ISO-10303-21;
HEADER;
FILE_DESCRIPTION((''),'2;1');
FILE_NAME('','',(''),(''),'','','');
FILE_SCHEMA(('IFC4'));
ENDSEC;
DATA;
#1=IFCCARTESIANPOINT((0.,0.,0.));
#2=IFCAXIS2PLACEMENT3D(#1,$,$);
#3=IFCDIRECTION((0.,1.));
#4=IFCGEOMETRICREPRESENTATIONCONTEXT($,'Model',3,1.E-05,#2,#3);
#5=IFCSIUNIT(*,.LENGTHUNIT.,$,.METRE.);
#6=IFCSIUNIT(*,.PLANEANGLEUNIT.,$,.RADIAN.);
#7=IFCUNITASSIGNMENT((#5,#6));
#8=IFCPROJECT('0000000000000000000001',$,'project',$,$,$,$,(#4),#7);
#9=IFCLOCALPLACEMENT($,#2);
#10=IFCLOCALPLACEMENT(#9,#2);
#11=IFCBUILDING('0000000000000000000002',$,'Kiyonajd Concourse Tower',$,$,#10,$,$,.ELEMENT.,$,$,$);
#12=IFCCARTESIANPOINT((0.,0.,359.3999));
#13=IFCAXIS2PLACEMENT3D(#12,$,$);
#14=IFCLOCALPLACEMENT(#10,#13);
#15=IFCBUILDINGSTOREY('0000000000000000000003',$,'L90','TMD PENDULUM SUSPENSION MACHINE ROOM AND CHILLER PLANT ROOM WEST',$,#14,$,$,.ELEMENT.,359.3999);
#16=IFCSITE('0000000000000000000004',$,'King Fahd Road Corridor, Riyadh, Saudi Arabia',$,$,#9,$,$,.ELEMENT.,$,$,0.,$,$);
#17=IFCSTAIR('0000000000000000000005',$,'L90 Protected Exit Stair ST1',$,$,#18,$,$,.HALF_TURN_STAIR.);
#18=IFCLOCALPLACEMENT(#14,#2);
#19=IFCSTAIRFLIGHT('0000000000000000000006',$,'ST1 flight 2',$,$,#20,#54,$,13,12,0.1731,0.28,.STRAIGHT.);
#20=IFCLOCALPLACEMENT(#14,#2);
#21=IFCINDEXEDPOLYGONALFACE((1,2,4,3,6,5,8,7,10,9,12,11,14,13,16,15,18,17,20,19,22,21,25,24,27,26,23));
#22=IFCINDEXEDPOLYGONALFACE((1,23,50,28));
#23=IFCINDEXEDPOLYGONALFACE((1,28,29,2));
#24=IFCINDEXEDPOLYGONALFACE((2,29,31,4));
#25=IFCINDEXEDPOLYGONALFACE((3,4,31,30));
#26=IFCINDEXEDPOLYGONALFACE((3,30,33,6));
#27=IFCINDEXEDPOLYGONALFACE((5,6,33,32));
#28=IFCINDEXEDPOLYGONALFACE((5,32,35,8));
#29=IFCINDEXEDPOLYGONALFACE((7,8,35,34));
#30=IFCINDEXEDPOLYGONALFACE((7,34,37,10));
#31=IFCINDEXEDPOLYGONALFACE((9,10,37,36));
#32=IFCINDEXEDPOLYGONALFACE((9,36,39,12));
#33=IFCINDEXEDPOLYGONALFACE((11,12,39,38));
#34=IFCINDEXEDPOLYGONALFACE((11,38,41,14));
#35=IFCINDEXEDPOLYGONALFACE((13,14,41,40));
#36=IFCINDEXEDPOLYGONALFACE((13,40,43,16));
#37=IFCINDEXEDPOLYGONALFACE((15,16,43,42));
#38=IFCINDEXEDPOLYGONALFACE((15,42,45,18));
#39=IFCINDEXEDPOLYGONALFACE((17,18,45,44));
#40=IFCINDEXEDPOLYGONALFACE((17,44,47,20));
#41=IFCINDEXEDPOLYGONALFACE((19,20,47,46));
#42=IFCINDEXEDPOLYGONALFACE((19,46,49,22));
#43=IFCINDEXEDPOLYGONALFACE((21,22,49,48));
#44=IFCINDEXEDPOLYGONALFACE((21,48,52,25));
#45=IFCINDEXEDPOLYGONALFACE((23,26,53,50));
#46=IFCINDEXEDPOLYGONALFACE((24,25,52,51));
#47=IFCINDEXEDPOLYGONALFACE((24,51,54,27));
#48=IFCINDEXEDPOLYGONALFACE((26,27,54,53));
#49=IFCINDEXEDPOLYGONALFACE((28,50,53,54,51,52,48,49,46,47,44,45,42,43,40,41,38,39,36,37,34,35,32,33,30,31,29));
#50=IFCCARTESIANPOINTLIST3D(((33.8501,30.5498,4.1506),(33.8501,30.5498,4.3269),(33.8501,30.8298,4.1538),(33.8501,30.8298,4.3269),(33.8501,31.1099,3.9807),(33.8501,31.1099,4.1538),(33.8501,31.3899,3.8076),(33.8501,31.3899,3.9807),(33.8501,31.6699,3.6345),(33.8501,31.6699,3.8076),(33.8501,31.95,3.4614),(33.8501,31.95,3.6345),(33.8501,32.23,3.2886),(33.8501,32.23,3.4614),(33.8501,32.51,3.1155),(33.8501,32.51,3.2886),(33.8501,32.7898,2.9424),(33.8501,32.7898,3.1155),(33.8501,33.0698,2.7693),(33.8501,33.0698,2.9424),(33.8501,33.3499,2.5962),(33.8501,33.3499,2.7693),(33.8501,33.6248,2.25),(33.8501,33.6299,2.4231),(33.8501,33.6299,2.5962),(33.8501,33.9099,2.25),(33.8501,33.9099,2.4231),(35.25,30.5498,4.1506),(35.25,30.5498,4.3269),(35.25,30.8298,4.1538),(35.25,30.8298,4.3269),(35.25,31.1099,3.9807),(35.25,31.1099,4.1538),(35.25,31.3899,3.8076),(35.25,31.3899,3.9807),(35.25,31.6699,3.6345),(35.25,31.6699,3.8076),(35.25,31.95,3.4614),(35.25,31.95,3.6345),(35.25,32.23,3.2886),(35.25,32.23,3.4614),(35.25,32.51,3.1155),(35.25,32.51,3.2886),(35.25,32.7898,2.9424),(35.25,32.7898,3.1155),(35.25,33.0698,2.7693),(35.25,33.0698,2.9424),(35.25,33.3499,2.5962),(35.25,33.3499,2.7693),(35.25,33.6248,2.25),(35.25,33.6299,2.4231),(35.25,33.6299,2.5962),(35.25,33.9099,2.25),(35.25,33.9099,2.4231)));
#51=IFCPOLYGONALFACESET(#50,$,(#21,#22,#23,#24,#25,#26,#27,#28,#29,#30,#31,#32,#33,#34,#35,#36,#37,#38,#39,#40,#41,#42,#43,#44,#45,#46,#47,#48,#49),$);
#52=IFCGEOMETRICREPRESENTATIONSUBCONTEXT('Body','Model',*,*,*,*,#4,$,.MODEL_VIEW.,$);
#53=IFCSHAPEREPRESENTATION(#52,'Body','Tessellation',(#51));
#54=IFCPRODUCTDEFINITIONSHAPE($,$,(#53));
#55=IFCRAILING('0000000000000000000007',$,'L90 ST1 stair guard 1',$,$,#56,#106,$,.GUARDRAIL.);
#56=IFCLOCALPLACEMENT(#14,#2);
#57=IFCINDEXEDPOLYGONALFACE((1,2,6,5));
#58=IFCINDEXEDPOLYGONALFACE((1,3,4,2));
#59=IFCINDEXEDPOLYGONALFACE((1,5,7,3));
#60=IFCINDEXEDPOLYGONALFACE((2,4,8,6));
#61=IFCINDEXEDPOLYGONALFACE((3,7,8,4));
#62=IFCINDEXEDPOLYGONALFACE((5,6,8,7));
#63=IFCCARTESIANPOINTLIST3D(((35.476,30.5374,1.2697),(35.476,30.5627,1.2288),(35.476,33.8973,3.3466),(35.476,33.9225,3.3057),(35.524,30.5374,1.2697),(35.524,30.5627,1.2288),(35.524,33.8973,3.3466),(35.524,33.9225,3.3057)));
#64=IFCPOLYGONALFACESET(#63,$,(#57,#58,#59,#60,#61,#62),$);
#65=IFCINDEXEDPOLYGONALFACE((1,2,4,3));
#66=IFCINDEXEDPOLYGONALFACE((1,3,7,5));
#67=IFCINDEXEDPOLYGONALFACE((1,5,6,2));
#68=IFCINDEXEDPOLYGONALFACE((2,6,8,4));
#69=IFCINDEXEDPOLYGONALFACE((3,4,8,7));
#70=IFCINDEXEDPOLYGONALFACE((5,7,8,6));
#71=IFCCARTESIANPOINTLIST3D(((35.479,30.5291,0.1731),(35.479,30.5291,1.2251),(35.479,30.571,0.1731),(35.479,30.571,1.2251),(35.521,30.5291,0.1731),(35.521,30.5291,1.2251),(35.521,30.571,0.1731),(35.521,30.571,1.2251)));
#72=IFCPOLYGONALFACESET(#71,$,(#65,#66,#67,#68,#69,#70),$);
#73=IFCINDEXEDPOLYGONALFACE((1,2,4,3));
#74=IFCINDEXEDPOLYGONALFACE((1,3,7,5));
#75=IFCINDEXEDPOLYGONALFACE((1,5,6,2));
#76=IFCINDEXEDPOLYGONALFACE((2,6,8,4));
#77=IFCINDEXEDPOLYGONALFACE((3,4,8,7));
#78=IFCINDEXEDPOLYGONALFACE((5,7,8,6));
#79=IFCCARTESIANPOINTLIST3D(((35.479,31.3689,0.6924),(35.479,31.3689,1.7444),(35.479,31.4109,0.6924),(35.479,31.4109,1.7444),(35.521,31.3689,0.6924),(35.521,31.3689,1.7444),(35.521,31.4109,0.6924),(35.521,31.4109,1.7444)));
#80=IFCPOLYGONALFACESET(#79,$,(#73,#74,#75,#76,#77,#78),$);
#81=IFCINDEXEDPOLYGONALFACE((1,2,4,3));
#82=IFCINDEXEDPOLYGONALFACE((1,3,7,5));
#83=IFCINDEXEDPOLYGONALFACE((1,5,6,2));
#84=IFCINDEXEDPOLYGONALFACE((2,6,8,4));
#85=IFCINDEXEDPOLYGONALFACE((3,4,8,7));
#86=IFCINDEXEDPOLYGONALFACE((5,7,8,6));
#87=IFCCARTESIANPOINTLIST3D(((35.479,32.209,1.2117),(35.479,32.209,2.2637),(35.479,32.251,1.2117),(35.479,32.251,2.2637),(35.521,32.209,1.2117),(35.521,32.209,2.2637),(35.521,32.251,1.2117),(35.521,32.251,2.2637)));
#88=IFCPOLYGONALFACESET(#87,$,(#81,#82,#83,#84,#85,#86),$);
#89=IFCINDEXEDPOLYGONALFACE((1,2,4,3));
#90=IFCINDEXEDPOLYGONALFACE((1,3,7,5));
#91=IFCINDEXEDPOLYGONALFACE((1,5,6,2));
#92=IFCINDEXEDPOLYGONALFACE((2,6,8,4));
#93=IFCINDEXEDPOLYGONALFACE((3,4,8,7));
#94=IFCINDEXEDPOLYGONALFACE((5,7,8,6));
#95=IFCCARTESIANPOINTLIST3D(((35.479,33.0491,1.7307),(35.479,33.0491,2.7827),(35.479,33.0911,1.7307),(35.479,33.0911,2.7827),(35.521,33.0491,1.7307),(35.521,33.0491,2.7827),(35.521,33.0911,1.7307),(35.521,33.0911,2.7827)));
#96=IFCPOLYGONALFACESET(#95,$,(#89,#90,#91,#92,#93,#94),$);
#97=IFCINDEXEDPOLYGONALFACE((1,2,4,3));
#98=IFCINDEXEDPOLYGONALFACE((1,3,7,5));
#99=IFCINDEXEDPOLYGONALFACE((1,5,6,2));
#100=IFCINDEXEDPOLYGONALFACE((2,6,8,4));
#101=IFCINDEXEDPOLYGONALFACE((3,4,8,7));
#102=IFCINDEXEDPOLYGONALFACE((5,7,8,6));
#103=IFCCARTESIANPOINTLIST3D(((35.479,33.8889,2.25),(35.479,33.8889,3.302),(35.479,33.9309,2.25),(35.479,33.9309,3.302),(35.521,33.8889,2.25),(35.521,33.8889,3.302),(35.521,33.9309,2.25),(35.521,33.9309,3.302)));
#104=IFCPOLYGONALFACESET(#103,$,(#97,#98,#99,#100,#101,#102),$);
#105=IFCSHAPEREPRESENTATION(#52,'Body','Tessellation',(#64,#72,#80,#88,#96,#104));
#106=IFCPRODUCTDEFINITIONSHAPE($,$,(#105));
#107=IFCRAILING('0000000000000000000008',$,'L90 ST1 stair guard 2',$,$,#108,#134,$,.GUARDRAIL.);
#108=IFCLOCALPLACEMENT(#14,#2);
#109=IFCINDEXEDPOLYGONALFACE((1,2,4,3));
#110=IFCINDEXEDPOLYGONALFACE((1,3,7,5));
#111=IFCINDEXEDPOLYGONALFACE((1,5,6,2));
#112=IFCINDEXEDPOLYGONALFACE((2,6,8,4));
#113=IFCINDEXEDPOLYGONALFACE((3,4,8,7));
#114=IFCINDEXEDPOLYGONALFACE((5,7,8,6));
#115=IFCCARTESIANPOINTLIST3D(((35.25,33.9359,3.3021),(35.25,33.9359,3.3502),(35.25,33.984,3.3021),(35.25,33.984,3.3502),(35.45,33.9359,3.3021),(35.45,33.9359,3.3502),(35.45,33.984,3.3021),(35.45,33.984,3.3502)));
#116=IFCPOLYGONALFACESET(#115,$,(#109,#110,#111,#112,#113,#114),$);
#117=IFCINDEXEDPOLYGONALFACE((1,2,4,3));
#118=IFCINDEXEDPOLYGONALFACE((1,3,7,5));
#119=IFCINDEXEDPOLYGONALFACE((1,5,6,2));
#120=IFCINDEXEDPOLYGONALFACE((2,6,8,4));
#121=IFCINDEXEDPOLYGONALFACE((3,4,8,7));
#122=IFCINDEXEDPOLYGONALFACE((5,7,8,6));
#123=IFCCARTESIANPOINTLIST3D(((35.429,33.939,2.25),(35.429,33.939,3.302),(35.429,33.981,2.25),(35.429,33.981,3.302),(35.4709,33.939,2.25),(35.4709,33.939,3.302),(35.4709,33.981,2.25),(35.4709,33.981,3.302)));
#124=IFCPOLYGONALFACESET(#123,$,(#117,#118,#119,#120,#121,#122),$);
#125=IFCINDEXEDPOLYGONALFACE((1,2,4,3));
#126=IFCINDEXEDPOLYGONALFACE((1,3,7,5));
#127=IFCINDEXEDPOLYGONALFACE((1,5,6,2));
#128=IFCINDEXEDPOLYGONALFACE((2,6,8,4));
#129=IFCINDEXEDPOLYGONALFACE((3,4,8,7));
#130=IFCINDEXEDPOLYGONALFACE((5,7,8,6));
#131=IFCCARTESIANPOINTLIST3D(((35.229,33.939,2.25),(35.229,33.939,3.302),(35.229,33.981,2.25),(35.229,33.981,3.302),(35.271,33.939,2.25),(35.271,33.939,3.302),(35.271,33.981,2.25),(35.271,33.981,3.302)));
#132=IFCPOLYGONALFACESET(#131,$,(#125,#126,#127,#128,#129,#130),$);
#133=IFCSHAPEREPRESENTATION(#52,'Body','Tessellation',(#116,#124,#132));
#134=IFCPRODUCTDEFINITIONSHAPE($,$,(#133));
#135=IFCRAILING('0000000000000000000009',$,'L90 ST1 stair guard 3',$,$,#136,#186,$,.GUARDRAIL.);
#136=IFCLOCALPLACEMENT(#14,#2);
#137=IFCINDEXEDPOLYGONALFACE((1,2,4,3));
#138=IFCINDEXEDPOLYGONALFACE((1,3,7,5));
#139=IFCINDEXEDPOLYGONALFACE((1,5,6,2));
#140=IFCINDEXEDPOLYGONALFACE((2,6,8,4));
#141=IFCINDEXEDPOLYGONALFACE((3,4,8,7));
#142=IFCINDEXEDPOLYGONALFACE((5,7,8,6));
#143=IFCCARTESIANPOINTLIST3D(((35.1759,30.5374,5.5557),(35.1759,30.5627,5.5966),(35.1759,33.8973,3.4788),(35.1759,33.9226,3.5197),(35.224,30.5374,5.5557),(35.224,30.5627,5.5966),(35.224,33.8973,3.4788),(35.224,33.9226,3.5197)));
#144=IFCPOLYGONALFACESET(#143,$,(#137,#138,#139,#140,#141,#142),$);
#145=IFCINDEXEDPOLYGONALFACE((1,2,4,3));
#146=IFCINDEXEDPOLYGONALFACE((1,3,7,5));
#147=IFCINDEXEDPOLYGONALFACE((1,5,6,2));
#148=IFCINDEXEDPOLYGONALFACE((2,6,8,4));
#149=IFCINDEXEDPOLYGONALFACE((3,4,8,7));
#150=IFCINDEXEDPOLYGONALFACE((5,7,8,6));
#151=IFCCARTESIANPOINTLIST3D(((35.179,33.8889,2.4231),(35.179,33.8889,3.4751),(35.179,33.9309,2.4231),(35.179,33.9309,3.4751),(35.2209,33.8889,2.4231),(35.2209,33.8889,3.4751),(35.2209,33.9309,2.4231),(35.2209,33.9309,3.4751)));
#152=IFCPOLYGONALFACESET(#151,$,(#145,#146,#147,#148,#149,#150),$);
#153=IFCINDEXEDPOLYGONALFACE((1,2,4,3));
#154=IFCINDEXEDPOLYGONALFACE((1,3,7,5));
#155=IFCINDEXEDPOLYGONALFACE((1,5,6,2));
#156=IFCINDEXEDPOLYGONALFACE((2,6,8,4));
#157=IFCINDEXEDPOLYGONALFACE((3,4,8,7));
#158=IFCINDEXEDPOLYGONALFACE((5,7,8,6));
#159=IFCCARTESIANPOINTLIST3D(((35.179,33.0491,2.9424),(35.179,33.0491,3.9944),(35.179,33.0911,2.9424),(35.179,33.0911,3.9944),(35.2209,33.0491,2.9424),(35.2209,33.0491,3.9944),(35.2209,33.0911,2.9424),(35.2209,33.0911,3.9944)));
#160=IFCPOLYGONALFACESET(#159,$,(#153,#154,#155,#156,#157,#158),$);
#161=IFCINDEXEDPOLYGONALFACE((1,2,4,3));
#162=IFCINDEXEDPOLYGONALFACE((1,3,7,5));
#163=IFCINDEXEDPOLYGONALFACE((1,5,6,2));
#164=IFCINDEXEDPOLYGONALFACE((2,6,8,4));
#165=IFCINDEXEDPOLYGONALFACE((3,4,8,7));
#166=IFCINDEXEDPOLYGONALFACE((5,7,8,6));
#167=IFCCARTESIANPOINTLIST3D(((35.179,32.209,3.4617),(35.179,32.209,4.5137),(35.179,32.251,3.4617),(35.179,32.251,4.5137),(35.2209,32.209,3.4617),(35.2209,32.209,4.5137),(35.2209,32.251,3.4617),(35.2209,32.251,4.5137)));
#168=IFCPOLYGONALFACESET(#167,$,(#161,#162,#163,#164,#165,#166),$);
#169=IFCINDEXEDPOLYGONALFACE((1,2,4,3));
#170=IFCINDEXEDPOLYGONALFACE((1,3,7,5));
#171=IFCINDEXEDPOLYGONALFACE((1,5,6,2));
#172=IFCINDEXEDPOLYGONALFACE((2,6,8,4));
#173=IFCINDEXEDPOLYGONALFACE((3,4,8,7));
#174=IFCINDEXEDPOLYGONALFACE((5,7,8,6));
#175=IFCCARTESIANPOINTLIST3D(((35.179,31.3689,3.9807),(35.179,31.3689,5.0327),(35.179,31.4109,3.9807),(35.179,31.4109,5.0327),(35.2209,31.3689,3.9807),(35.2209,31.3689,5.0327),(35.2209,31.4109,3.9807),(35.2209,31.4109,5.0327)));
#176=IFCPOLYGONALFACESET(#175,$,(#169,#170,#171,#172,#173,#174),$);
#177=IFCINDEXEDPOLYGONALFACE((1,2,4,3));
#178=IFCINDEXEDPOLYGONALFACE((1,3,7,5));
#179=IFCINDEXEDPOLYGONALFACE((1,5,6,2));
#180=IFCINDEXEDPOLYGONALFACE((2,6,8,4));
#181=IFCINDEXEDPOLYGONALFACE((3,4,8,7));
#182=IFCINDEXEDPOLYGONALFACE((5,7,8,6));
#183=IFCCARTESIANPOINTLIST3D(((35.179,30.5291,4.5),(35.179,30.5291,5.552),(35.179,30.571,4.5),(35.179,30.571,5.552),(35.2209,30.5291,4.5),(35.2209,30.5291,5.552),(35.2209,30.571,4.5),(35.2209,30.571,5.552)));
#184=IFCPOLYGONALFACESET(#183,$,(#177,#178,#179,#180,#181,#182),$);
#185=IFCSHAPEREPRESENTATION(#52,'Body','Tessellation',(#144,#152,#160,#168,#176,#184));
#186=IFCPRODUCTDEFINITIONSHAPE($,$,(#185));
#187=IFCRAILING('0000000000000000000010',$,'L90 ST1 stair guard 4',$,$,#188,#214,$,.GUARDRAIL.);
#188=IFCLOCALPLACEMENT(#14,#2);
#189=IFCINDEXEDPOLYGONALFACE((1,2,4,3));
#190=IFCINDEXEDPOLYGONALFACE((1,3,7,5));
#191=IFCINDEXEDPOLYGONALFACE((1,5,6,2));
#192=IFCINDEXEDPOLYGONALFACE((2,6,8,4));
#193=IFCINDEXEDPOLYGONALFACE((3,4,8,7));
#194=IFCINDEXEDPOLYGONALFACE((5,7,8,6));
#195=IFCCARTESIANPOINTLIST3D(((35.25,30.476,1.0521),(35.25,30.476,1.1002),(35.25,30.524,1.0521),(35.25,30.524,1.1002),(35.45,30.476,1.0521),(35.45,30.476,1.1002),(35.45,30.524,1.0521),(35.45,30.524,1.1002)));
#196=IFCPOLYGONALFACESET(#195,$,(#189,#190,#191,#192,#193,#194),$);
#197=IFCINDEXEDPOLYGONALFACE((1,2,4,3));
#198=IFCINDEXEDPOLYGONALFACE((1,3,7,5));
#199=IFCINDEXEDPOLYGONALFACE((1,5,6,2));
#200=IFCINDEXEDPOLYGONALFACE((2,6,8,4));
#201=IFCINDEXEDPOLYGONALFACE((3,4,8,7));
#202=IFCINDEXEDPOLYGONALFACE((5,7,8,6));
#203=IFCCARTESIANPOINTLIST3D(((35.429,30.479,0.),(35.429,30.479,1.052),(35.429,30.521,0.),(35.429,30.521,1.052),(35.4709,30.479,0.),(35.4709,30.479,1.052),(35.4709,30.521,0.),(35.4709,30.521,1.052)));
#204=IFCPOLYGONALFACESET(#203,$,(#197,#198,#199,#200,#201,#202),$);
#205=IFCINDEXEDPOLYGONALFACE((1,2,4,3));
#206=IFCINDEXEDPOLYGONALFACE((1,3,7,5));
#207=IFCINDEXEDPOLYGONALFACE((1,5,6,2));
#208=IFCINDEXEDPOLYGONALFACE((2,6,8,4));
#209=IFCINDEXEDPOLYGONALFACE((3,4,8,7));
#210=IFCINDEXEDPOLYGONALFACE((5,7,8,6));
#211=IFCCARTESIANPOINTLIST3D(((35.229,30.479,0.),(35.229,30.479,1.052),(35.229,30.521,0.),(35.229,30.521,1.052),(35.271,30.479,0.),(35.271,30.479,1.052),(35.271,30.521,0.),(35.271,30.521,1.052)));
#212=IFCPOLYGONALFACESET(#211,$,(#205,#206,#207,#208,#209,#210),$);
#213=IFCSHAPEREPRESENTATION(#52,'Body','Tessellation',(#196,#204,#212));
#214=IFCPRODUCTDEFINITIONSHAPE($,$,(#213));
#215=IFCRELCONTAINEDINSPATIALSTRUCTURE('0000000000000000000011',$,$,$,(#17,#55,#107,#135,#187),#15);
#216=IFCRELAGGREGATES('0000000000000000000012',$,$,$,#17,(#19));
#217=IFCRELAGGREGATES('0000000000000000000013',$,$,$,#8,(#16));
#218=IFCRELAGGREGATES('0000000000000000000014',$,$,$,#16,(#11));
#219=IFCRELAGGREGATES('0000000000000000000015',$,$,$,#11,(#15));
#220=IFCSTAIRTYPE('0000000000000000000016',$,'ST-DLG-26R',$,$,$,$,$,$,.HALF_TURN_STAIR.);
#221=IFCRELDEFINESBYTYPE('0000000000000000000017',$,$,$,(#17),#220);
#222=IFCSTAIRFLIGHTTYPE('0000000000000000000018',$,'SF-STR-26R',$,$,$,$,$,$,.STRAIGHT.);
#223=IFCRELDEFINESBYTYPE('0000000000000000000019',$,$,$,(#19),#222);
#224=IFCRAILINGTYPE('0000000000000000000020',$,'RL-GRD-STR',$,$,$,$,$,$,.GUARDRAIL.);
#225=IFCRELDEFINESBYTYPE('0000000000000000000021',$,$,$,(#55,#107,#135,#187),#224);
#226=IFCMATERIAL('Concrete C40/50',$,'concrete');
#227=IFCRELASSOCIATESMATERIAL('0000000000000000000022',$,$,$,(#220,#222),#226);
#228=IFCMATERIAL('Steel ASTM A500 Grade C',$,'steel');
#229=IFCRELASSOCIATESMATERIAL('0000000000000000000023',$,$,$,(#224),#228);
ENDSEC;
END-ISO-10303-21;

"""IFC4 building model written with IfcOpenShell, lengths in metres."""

from ifc_helpers import new_model, si_unit, direction, frame, origin, origin_2d, place, context, subcontext, project, spatial, polyline, rectangle, outline, extrude, material, type_object, element, aggregate, save


model = new_model("IFC4")

# Units and contexts
model_context = context("Model", 3, precision=1e-05, world=origin(), true_north=direction((0.0, 1.0)))
body_context = subcontext(model_context, "Body", "Model", "MODEL_VIEW")
ifc_project = project(units=[si_unit("LENGTHUNIT", "METRE"), si_unit("PLANEANGLEUNIT", "RADIAN")], contexts=[model_context])

# Site, building, storey
site_placement = place(None, origin())
site = spatial("IfcSite", under=ifc_project, at=site_placement, Name="King Fahd Road Corridor, Riyadh, Saudi Arabia", CompositionType="ELEMENT", RefElevation=0.0)
building_placement = place(site_placement, origin())
building = spatial("IfcBuilding", under=site, at=building_placement, Name="Kiyonajd Concourse Tower", CompositionType="ELEMENT")
storey_placement = place(building_placement, frame((0.0, 0.0, 359.3999)))
storey = spatial("IfcBuildingStorey", under=building, at=storey_placement, Name="L90", Description="TMD PENDULUM SUSPENSION MACHINE ROOM AND CHILLER PLANT ROOM WEST", CompositionType="ELEMENT", Elevation=359.3999)

# Shared definitions
ifc_material_1 = material(Name="Steel ASTM A500 Grade C", Category="steel")

# Stair
ifc_material_2 = material(Name="Concrete C40/50", Category="concrete")
stair_type = type_object("IfcStairType", Name="ST-DLG-26R", PredefinedType="HALF_TURN_STAIR", material=ifc_material_2)
stair_1_placement = place(storey_placement, origin())
stair_1 = element("IfcStair", 1, at=stair_1_placement, inside=storey, type_object=stair_type, Name="L90 Protected Exit Stair ST1", PredefinedType="HALF_TURN_STAIR")

# Stair flight
stair_flight_type = type_object("IfcStairFlightType", Name="SF-STR-26R", PredefinedType="STRAIGHT", material=ifc_material_2)
stair_flight_1_placement = place(storey_placement, frame((34.55, 33.9099, 2.25), z_axis=(0.0, 0.0, 1.0), x_axis=(0.0, -1.0, 0.0)))
stair_flight_1 = element("IfcStairFlight", 2, at=stair_flight_1_placement, type_object=stair_flight_type, Name="ST1 flight 2", NumberOfRisers=13, NumberOfTreads=12, PredefinedType="STRAIGHT", RiserHeight=0.1731, TreadLength=0.28, context=body_context, shape_type="SweptSolid", body=[
    extrude(outline(polyline([(0.0, 0.0), (0.0, 0.1731), (0.28, 0.1731), (0.28, 0.3462), (0.5601, 0.3462), (0.5601, 0.5193), (0.8401, 0.5193), (0.8401, 0.6924), (1.1201, 0.6924), (1.1201, 0.8655), (1.3999, 0.8655), (1.3999, 1.0386), (1.6799, 1.0386), (1.6799, 1.2114), (1.96, 1.2114), (1.96, 1.3845), (2.24, 1.3845), (2.24, 1.5576), (2.52, 1.5576), (2.52, 1.7307), (2.8, 1.7307), (2.8, 1.9038), (3.0801, 1.9038), (3.0801, 2.0769), (3.3601, 2.0769), (3.3601, 2.25), (3.3601, 1.9006), (0.2852, 0.0), (0.0, 0.0)])), frame((0.0, 0.7, 0.0), z_axis=(0.0, -1.0, 0.0), x_axis=(1.0, 0.0, 0.0)), (0.0, 0.0, 1.0), 1.3999),
])
aggregate(stair_1, [stair_flight_1])

# Railings
railing_type_1 = type_object("IfcRailingType", Name="RL-GRD-STR", PredefinedType="GUARDRAIL", material=ifc_material_1)
railing_1_placement = place(storey_placement, frame((35.5, 30.55, 0.1731)))
element("IfcRailing", 3, at=railing_1_placement, inside=storey, type_object=railing_type_1, Name="L90 ST1 stair guard 1", PredefinedType="GUARDRAIL", context=body_context, shape_type="SweptSolid", body=[
    extrude(rectangle(XDim=0.0481, YDim=0.0481, at=origin_2d()), frame((0.0, 0.0, 1.0762), z_axis=(0.0, 0.850606, 0.525803), x_axis=(-1.0, 0.0, 0.0)), (0.0, 0.0, 1.0), 3.95),
    extrude(rectangle(XDim=0.042, YDim=0.042, at=origin_2d()), origin(), (0.0, 0.0, 1.0), 1.052),
    extrude(rectangle(XDim=0.042, YDim=0.042, at=origin_2d()), frame((0.0, 0.8398, 0.5193)), (0.0, 0.0, 1.0), 1.052),
    extrude(rectangle(XDim=0.042, YDim=0.042, at=origin_2d()), frame((0.0, 1.6799, 1.0386)), (0.0, 0.0, 1.0), 1.052),
    extrude(rectangle(XDim=0.042, YDim=0.042, at=origin_2d()), frame((0.0, 2.52, 1.5576)), (0.0, 0.0, 1.0), 1.052),
    extrude(rectangle(XDim=0.042, YDim=0.042, at=origin_2d()), frame((0.0, 3.3599, 2.0769)), (0.0, 0.0, 1.0), 1.052),
])
railing_2_placement = place(storey_placement, frame((35.45, 33.96, 2.25)))
element("IfcRailing", 4, at=railing_2_placement, inside=storey, type_object=railing_type_1, Name="L90 ST1 stair guard 2", PredefinedType="GUARDRAIL", context=body_context, shape_type="SweptSolid", body=[
    extrude(rectangle(XDim=0.0481, YDim=0.0481, at=origin_2d()), frame((0.0, 0.0, 1.0762), z_axis=(-1.0, 0.0, 0.0), x_axis=(0.0, -1.0, 0.0)), (0.0, 0.0, 1.0), 0.2),
    extrude(rectangle(XDim=0.042, YDim=0.042, at=origin_2d()), origin(), (0.0, 0.0, 1.0), 1.052),
    extrude(rectangle(XDim=0.042, YDim=0.042, at=origin_2d()), frame((-0.2, 0.0, 0.0)), (0.0, 0.0, 1.0), 1.052),
])
railing_3_placement = place(storey_placement, frame((35.2, 33.9099, 2.4231)))
element("IfcRailing", 5, at=railing_3_placement, inside=storey, type_object=railing_type_1, Name="L90 ST1 stair guard 3", PredefinedType="GUARDRAIL", context=body_context, shape_type="SweptSolid", body=[
    extrude(rectangle(XDim=0.0481, YDim=0.0481, at=origin_2d()), frame((0.0, 0.0, 1.0762), z_axis=(0.0, -0.850606, 0.525803), x_axis=(1.0, 0.0, 0.0)), (0.0, 0.0, 1.0), 3.95),
    extrude(rectangle(XDim=0.042, YDim=0.042, at=origin_2d()), origin(), (0.0, 0.0, 1.0), 1.052),
    extrude(rectangle(XDim=0.042, YDim=0.042, at=origin_2d()), frame((0.0, -0.8398, 0.5193)), (0.0, 0.0, 1.0), 1.052),
    extrude(rectangle(XDim=0.042, YDim=0.042, at=origin_2d()), frame((0.0, -1.6799, 1.0386)), (0.0, 0.0, 1.0), 1.052),
    extrude(rectangle(XDim=0.042, YDim=0.042, at=origin_2d()), frame((0.0, -2.52, 1.5576)), (0.0, 0.0, 1.0), 1.052),
    extrude(rectangle(XDim=0.042, YDim=0.042, at=origin_2d()), frame((0.0, -3.3599, 2.0769)), (0.0, 0.0, 1.0), 1.052),
])
railing_4_placement = place(storey_placement, frame((35.45, 30.5, 0.0)))
element("IfcRailing", 6, at=railing_4_placement, inside=storey, type_object=railing_type_1, Name="L90 ST1 stair guard 4", PredefinedType="GUARDRAIL", context=body_context, shape_type="SweptSolid", body=[
    extrude(rectangle(XDim=0.0481, YDim=0.0481, at=origin_2d()), frame((0.0, 0.0, 1.0762), z_axis=(-1.0, 0.0, 0.0), x_axis=(0.0, -1.0, 0.0)), (0.0, 0.0, 1.0), 0.2),
    extrude(rectangle(XDim=0.042, YDim=0.042, at=origin_2d()), origin(), (0.0, 0.0, 1.0), 1.052),
    extrude(rectangle(XDim=0.042, YDim=0.042, at=origin_2d()), frame((-0.2, 0.0, 0.0)), (0.0, 0.0, 1.0), 1.052),
])

save(model, "model.ifc")
